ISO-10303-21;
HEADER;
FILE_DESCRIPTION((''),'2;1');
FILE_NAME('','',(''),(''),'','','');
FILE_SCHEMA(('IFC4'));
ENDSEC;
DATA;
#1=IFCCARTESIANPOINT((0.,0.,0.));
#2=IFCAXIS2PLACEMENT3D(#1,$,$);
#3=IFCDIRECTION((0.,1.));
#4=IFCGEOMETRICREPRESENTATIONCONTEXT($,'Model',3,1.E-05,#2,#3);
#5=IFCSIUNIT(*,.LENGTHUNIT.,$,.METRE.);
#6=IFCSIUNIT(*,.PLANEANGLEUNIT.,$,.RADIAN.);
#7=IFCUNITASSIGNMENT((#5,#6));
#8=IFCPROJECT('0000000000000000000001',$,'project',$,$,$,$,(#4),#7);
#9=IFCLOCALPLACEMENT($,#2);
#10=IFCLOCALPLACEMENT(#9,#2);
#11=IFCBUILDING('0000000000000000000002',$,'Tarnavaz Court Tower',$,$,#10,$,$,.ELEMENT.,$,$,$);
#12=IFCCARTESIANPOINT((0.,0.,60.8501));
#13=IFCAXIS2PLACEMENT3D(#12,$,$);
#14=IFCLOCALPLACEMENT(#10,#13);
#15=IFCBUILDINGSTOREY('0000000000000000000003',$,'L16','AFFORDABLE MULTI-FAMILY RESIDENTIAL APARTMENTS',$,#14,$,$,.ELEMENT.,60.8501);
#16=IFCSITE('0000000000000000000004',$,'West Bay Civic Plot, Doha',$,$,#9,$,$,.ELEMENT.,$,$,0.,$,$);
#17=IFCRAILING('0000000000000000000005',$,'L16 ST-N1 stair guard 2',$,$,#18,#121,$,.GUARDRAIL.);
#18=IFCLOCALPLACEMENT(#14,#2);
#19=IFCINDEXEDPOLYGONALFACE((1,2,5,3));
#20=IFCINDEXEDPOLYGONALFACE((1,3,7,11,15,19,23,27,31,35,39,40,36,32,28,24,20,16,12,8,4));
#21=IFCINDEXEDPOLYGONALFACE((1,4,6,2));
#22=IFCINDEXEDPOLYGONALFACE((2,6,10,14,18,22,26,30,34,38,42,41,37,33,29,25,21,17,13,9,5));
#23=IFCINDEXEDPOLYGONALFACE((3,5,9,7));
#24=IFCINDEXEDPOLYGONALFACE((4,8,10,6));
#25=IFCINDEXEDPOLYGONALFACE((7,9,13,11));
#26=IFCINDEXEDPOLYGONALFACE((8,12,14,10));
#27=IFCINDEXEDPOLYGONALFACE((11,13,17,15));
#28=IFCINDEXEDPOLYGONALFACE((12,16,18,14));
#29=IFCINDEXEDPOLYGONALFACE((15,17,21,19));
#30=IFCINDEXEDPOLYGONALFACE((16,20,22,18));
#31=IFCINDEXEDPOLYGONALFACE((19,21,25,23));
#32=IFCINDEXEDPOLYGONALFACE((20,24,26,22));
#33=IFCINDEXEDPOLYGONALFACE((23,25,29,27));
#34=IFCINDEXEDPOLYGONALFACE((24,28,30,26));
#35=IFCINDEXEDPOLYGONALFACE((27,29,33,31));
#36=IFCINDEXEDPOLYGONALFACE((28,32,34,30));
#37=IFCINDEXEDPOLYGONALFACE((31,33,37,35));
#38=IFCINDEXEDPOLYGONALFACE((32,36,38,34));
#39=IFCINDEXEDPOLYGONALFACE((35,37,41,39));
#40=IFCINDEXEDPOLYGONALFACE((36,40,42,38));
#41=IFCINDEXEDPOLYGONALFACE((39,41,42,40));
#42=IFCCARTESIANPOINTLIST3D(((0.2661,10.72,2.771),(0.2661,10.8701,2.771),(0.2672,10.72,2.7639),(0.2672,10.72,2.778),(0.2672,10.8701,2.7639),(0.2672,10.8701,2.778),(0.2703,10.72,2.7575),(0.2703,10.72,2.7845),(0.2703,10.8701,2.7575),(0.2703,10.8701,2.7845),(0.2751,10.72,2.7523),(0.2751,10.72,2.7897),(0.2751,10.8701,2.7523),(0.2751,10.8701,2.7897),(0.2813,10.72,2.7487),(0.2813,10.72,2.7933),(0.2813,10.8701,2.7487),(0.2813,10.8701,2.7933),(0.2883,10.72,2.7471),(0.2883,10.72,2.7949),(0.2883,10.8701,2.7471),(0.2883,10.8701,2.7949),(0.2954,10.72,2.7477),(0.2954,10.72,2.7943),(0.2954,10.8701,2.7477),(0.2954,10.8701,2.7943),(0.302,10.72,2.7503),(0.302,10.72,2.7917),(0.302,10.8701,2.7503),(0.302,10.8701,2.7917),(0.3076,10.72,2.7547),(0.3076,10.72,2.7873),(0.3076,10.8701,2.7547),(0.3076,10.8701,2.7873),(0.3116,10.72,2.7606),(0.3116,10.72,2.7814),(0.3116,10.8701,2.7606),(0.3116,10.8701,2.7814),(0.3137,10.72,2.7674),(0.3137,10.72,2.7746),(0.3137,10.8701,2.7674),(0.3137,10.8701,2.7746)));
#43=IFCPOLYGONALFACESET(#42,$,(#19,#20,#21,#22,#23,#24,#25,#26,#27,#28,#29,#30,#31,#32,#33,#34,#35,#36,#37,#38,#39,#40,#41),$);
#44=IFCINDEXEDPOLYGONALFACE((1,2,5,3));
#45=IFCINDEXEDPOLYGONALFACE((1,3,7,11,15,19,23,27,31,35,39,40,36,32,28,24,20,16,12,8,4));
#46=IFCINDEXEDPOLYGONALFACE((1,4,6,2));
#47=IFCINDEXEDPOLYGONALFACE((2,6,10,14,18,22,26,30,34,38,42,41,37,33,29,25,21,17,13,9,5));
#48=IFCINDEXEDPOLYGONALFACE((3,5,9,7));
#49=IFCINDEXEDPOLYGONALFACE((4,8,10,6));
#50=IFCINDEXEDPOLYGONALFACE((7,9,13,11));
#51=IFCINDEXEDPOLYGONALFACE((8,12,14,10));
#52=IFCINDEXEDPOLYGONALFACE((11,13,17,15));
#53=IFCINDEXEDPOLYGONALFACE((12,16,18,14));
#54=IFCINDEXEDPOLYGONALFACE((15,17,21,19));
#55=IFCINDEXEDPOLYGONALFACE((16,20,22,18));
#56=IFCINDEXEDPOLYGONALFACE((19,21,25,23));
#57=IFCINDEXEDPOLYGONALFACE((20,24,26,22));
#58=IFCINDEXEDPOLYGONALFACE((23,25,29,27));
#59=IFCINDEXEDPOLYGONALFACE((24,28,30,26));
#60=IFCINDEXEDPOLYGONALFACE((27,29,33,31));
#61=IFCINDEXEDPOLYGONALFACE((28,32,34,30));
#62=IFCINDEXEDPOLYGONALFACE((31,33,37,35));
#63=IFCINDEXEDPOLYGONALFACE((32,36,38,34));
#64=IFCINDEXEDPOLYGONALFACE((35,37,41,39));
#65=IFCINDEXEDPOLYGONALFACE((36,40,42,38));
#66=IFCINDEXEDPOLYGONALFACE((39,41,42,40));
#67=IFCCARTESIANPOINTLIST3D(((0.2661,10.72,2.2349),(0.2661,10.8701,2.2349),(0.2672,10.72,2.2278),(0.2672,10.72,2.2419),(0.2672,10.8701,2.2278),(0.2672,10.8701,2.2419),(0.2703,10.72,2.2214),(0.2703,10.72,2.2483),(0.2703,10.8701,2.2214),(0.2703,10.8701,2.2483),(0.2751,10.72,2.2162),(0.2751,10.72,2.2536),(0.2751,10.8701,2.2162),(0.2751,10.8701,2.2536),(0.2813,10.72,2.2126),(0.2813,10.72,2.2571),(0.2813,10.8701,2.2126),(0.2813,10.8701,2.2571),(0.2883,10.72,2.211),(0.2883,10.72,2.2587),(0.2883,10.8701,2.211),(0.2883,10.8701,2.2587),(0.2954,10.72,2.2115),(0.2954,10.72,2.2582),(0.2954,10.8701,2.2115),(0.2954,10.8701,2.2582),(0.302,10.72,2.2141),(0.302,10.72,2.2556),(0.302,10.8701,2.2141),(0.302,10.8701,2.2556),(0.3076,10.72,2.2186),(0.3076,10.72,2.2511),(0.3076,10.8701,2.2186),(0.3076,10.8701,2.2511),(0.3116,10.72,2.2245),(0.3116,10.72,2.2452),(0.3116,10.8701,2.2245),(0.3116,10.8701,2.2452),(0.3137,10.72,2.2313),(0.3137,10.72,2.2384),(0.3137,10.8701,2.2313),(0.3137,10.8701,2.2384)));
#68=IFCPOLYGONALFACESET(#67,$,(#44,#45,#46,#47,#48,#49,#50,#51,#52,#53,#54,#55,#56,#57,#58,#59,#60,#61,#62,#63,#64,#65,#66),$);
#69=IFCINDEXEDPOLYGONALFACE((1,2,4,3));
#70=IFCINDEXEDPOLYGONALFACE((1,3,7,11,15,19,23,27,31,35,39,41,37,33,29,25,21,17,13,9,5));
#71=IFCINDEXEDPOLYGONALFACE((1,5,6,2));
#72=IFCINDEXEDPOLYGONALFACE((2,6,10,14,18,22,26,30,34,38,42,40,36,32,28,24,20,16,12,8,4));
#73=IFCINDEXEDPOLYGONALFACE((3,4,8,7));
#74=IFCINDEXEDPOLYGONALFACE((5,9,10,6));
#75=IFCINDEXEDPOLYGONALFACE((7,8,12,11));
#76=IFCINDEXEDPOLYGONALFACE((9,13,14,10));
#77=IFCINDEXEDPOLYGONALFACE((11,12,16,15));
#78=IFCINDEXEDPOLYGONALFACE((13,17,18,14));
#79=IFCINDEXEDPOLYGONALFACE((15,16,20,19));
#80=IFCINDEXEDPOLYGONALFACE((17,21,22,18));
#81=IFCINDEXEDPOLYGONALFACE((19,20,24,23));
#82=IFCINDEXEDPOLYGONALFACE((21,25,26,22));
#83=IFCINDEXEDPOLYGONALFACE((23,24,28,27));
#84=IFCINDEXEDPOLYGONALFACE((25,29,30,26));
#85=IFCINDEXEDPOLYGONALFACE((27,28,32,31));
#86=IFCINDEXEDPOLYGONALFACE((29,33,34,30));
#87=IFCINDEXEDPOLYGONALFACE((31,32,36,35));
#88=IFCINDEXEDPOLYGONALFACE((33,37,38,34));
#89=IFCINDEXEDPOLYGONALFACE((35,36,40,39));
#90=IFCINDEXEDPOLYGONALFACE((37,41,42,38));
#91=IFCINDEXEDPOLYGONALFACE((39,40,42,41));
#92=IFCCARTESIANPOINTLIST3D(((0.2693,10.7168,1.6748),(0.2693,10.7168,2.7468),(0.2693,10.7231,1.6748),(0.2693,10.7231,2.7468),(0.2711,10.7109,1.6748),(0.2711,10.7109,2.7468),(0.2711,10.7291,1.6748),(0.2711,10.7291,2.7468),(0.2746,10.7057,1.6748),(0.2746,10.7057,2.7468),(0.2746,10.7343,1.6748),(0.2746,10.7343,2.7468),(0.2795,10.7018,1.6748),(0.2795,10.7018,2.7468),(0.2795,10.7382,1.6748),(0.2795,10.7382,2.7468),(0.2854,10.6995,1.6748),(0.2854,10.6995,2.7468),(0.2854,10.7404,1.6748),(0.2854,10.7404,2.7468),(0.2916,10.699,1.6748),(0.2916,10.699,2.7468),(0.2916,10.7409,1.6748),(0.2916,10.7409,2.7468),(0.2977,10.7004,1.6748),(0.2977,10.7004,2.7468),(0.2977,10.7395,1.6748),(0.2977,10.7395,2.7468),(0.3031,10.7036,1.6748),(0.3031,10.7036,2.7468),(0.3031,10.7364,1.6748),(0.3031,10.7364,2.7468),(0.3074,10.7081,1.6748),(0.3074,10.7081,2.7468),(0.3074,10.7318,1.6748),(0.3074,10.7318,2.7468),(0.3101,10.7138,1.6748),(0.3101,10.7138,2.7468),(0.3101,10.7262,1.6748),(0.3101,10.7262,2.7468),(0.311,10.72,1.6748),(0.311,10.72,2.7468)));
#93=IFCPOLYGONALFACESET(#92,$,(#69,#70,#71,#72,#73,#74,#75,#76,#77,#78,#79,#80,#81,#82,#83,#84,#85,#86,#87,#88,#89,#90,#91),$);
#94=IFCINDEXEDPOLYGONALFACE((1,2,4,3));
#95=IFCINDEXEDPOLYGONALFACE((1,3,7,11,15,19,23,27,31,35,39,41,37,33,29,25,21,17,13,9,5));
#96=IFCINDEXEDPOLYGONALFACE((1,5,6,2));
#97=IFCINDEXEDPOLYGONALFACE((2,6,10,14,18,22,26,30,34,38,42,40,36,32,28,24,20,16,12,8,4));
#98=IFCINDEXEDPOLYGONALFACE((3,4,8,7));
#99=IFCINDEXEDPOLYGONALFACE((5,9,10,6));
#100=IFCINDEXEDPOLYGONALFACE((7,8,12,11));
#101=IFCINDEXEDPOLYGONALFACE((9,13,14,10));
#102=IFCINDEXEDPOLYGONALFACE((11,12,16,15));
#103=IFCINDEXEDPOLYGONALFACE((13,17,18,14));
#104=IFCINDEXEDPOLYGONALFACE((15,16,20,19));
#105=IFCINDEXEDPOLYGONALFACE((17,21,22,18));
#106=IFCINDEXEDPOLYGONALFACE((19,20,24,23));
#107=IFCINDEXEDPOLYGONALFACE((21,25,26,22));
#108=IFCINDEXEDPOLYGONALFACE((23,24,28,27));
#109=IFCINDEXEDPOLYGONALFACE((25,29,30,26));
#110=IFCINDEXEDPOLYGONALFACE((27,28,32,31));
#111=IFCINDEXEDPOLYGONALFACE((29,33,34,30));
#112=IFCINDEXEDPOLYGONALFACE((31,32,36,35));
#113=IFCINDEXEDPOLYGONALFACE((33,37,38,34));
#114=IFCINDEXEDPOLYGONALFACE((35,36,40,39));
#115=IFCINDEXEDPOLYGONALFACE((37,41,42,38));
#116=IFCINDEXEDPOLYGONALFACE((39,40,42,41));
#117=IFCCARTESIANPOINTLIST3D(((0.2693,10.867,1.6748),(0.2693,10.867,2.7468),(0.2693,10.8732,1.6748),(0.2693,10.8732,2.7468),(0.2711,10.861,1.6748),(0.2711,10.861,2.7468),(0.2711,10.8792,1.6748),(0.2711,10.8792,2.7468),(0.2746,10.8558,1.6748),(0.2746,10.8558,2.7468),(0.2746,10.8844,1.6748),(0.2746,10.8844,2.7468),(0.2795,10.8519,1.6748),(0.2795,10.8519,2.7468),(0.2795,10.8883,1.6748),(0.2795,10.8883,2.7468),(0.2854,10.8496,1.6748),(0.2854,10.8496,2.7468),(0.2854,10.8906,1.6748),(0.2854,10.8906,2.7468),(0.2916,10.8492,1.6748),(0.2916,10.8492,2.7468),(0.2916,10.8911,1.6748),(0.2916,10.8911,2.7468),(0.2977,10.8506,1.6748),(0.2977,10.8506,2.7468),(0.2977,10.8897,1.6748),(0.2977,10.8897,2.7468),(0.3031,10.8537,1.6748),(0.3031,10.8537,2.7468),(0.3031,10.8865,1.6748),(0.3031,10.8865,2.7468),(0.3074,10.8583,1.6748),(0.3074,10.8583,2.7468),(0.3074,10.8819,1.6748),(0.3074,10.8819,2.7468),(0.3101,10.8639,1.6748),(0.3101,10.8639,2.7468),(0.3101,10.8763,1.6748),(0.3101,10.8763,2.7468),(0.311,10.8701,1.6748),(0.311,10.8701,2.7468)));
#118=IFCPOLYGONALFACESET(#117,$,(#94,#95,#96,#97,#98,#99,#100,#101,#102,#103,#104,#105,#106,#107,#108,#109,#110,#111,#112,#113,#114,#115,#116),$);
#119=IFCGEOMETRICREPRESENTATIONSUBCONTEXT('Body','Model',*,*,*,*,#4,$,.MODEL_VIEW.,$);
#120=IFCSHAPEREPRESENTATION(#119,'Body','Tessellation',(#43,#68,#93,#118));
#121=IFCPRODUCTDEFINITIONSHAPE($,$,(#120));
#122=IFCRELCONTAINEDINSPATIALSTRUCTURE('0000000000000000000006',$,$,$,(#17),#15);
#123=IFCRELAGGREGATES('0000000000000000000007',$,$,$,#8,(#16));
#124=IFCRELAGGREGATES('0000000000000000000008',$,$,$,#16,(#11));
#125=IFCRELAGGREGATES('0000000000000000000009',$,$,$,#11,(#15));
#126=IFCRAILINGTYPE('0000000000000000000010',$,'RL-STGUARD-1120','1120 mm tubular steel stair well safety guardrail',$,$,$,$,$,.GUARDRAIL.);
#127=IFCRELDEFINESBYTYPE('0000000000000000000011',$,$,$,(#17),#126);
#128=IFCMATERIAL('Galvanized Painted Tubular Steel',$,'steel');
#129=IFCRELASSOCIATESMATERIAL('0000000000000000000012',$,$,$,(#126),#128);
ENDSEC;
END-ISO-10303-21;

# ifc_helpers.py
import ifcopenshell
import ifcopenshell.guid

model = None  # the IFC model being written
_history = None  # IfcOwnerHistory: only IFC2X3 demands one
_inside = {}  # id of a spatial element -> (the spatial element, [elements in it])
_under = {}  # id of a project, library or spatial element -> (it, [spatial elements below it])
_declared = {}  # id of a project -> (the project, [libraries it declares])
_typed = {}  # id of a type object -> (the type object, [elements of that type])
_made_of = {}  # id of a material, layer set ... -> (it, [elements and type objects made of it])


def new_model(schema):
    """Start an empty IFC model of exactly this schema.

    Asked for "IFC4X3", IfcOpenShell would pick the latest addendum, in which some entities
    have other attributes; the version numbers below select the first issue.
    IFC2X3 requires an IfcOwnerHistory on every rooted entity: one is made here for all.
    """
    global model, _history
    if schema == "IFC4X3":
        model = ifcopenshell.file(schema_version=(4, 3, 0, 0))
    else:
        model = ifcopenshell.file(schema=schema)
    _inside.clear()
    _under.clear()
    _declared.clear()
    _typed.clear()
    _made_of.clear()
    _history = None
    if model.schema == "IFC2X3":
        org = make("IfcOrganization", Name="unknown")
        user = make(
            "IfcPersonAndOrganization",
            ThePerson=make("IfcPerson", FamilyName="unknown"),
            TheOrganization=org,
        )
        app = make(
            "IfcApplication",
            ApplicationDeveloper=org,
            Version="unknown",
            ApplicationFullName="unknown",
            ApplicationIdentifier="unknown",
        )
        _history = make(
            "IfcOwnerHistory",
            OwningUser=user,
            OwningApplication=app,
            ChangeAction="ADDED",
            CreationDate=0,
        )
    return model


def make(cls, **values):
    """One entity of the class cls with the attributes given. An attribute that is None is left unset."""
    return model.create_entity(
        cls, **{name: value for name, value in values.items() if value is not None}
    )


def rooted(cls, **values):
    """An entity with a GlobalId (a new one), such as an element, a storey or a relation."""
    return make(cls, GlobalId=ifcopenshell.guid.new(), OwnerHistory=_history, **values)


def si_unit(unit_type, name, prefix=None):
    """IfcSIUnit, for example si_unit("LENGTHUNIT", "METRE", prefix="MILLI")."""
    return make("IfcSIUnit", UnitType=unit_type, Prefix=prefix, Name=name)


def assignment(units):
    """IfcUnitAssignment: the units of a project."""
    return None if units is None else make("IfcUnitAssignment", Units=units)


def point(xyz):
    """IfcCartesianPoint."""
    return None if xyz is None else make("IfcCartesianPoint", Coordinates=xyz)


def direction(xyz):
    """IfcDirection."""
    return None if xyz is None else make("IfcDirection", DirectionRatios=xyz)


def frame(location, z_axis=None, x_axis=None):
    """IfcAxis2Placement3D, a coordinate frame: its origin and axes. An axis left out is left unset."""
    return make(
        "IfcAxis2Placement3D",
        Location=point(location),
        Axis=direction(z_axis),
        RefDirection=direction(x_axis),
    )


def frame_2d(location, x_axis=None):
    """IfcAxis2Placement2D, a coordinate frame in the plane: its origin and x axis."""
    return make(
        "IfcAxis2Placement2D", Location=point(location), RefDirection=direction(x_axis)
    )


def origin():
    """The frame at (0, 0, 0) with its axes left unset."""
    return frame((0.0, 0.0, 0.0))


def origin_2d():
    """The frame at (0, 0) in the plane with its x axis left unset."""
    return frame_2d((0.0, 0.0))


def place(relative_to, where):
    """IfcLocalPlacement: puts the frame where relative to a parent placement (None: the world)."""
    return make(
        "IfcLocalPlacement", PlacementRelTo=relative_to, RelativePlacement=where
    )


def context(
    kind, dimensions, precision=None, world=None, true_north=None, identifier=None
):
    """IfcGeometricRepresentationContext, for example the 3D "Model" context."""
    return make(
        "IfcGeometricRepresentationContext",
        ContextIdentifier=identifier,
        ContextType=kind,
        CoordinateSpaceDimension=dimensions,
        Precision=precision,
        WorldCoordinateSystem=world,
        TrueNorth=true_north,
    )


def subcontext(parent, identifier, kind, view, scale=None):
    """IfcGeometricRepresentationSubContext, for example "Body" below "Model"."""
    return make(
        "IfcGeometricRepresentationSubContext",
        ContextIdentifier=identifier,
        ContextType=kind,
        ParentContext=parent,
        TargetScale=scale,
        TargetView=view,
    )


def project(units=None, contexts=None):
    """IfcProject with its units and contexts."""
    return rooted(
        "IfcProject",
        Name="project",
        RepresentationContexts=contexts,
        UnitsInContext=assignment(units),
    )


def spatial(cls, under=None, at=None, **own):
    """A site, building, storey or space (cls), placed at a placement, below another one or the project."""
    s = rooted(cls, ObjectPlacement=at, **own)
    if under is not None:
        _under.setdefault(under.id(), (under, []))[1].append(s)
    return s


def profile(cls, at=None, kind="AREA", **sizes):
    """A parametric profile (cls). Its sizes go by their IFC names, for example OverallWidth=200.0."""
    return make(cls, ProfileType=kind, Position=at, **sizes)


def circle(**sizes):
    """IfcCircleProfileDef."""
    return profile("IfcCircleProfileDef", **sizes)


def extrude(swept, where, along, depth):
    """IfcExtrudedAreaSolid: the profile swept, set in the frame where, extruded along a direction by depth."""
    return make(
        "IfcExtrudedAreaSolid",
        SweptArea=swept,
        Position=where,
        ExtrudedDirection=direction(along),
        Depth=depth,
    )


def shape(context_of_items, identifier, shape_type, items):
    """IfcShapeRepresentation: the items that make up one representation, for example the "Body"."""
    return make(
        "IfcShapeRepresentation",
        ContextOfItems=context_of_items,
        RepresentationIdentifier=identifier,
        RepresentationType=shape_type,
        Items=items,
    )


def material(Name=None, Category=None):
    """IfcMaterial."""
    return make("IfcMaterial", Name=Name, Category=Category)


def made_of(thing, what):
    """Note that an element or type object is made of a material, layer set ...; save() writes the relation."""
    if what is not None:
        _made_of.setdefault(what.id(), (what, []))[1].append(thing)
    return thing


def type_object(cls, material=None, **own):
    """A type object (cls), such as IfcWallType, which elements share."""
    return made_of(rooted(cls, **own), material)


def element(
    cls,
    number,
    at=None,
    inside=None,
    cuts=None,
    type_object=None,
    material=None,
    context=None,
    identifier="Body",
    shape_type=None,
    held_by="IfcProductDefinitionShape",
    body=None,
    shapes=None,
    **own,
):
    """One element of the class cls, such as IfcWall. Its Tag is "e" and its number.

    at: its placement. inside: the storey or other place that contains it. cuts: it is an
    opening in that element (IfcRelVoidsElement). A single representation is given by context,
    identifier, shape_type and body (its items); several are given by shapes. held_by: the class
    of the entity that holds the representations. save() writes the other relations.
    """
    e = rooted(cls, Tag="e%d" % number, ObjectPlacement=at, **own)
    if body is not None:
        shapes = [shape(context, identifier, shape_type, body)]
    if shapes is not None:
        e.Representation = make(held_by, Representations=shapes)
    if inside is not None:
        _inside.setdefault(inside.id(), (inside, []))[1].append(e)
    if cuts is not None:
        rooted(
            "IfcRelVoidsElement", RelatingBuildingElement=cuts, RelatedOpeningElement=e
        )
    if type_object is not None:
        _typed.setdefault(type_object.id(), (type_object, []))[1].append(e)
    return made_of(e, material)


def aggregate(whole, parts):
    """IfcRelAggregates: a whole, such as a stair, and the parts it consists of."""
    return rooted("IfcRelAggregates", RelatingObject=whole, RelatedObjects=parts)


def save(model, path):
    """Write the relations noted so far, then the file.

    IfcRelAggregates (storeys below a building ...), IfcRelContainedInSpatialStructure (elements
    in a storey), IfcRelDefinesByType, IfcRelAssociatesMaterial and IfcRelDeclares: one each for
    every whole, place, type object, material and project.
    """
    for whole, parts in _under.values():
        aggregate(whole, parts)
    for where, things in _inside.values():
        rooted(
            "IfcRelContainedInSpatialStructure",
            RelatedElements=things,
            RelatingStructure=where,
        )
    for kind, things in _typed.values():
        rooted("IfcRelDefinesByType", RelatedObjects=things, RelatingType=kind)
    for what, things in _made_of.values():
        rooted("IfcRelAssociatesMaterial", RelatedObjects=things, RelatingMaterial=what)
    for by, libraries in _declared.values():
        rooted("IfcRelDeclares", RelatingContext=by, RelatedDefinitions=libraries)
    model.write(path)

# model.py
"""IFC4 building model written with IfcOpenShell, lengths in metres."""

from ifc_helpers import new_model, si_unit, direction, frame, origin, origin_2d, place, context, subcontext, project, spatial, circle, extrude, material, type_object, element, save


model = new_model("IFC4")

# Units and contexts
model_context = context("Model", 3, precision=1e-05, world=origin(), true_north=direction((0.0, 1.0)))
body_context = subcontext(model_context, "Body", "Model", "MODEL_VIEW")
ifc_project = project(units=[si_unit("LENGTHUNIT", "METRE"), si_unit("PLANEANGLEUNIT", "RADIAN")], contexts=[model_context])

# Site, building, storey
site_placement = place(None, origin())
site = spatial("IfcSite", under=ifc_project, at=site_placement, Name="West Bay Civic Plot, Doha", CompositionType="ELEMENT", RefElevation=0.0)
building_placement = place(site_placement, origin())
building = spatial("IfcBuilding", under=site, at=building_placement, Name="Tarnavaz Court Tower", CompositionType="ELEMENT")
storey_placement = place(building_placement, frame((0.0, 0.0, 60.8501)))
storey = spatial("IfcBuildingStorey", under=building, at=storey_placement, Name="L16", Description="AFFORDABLE MULTI-FAMILY RESIDENTIAL APARTMENTS", CompositionType="ELEMENT", Elevation=60.8501)

# Railing
ifc_material_1 = material(Name="Galvanized Painted Tubular Steel", Category="steel")
railing_type_1 = type_object("IfcRailingType", Name="RL-STGUARD-1120", Description="1120 mm tubular steel stair well safety guardrail", PredefinedType="GUARDRAIL", material=ifc_material_1)
railing_1_placement = place(storey_placement, frame((0.29, 10.72, 1.6748)))
element("IfcRailing", 1, at=railing_1_placement, inside=storey, type_object=railing_type_1, Name="L16 ST-N1 stair guard 2", PredefinedType="GUARDRAIL", context=body_context, shape_type="SweptSolid", body=[
    extrude(circle(Radius=0.0239, at=origin_2d()), frame((0.0, 0.0, 1.0962), z_axis=(0.0, 1.0, 0.0), x_axis=(-1.0, 0.0, 0.0)), (0.0, 0.0, 1.0), 0.1501),
    extrude(circle(Radius=0.0239, at=origin_2d()), frame((0.0, 0.0, 0.5601), z_axis=(0.0, 1.0, 0.0), x_axis=(-1.0, 0.0, 0.0)), (0.0, 0.0, 1.0), 0.1501),
    extrude(circle(Radius=0.021, at=origin_2d()), origin(), (0.0, 0.0, 1.0), 1.072),
    extrude(circle(Radius=0.021, at=origin_2d()), frame((0.0, 0.1501, 0.0)), (0.0, 0.0, 1.0), 1.072),
])

save(model, "model.ifc")
